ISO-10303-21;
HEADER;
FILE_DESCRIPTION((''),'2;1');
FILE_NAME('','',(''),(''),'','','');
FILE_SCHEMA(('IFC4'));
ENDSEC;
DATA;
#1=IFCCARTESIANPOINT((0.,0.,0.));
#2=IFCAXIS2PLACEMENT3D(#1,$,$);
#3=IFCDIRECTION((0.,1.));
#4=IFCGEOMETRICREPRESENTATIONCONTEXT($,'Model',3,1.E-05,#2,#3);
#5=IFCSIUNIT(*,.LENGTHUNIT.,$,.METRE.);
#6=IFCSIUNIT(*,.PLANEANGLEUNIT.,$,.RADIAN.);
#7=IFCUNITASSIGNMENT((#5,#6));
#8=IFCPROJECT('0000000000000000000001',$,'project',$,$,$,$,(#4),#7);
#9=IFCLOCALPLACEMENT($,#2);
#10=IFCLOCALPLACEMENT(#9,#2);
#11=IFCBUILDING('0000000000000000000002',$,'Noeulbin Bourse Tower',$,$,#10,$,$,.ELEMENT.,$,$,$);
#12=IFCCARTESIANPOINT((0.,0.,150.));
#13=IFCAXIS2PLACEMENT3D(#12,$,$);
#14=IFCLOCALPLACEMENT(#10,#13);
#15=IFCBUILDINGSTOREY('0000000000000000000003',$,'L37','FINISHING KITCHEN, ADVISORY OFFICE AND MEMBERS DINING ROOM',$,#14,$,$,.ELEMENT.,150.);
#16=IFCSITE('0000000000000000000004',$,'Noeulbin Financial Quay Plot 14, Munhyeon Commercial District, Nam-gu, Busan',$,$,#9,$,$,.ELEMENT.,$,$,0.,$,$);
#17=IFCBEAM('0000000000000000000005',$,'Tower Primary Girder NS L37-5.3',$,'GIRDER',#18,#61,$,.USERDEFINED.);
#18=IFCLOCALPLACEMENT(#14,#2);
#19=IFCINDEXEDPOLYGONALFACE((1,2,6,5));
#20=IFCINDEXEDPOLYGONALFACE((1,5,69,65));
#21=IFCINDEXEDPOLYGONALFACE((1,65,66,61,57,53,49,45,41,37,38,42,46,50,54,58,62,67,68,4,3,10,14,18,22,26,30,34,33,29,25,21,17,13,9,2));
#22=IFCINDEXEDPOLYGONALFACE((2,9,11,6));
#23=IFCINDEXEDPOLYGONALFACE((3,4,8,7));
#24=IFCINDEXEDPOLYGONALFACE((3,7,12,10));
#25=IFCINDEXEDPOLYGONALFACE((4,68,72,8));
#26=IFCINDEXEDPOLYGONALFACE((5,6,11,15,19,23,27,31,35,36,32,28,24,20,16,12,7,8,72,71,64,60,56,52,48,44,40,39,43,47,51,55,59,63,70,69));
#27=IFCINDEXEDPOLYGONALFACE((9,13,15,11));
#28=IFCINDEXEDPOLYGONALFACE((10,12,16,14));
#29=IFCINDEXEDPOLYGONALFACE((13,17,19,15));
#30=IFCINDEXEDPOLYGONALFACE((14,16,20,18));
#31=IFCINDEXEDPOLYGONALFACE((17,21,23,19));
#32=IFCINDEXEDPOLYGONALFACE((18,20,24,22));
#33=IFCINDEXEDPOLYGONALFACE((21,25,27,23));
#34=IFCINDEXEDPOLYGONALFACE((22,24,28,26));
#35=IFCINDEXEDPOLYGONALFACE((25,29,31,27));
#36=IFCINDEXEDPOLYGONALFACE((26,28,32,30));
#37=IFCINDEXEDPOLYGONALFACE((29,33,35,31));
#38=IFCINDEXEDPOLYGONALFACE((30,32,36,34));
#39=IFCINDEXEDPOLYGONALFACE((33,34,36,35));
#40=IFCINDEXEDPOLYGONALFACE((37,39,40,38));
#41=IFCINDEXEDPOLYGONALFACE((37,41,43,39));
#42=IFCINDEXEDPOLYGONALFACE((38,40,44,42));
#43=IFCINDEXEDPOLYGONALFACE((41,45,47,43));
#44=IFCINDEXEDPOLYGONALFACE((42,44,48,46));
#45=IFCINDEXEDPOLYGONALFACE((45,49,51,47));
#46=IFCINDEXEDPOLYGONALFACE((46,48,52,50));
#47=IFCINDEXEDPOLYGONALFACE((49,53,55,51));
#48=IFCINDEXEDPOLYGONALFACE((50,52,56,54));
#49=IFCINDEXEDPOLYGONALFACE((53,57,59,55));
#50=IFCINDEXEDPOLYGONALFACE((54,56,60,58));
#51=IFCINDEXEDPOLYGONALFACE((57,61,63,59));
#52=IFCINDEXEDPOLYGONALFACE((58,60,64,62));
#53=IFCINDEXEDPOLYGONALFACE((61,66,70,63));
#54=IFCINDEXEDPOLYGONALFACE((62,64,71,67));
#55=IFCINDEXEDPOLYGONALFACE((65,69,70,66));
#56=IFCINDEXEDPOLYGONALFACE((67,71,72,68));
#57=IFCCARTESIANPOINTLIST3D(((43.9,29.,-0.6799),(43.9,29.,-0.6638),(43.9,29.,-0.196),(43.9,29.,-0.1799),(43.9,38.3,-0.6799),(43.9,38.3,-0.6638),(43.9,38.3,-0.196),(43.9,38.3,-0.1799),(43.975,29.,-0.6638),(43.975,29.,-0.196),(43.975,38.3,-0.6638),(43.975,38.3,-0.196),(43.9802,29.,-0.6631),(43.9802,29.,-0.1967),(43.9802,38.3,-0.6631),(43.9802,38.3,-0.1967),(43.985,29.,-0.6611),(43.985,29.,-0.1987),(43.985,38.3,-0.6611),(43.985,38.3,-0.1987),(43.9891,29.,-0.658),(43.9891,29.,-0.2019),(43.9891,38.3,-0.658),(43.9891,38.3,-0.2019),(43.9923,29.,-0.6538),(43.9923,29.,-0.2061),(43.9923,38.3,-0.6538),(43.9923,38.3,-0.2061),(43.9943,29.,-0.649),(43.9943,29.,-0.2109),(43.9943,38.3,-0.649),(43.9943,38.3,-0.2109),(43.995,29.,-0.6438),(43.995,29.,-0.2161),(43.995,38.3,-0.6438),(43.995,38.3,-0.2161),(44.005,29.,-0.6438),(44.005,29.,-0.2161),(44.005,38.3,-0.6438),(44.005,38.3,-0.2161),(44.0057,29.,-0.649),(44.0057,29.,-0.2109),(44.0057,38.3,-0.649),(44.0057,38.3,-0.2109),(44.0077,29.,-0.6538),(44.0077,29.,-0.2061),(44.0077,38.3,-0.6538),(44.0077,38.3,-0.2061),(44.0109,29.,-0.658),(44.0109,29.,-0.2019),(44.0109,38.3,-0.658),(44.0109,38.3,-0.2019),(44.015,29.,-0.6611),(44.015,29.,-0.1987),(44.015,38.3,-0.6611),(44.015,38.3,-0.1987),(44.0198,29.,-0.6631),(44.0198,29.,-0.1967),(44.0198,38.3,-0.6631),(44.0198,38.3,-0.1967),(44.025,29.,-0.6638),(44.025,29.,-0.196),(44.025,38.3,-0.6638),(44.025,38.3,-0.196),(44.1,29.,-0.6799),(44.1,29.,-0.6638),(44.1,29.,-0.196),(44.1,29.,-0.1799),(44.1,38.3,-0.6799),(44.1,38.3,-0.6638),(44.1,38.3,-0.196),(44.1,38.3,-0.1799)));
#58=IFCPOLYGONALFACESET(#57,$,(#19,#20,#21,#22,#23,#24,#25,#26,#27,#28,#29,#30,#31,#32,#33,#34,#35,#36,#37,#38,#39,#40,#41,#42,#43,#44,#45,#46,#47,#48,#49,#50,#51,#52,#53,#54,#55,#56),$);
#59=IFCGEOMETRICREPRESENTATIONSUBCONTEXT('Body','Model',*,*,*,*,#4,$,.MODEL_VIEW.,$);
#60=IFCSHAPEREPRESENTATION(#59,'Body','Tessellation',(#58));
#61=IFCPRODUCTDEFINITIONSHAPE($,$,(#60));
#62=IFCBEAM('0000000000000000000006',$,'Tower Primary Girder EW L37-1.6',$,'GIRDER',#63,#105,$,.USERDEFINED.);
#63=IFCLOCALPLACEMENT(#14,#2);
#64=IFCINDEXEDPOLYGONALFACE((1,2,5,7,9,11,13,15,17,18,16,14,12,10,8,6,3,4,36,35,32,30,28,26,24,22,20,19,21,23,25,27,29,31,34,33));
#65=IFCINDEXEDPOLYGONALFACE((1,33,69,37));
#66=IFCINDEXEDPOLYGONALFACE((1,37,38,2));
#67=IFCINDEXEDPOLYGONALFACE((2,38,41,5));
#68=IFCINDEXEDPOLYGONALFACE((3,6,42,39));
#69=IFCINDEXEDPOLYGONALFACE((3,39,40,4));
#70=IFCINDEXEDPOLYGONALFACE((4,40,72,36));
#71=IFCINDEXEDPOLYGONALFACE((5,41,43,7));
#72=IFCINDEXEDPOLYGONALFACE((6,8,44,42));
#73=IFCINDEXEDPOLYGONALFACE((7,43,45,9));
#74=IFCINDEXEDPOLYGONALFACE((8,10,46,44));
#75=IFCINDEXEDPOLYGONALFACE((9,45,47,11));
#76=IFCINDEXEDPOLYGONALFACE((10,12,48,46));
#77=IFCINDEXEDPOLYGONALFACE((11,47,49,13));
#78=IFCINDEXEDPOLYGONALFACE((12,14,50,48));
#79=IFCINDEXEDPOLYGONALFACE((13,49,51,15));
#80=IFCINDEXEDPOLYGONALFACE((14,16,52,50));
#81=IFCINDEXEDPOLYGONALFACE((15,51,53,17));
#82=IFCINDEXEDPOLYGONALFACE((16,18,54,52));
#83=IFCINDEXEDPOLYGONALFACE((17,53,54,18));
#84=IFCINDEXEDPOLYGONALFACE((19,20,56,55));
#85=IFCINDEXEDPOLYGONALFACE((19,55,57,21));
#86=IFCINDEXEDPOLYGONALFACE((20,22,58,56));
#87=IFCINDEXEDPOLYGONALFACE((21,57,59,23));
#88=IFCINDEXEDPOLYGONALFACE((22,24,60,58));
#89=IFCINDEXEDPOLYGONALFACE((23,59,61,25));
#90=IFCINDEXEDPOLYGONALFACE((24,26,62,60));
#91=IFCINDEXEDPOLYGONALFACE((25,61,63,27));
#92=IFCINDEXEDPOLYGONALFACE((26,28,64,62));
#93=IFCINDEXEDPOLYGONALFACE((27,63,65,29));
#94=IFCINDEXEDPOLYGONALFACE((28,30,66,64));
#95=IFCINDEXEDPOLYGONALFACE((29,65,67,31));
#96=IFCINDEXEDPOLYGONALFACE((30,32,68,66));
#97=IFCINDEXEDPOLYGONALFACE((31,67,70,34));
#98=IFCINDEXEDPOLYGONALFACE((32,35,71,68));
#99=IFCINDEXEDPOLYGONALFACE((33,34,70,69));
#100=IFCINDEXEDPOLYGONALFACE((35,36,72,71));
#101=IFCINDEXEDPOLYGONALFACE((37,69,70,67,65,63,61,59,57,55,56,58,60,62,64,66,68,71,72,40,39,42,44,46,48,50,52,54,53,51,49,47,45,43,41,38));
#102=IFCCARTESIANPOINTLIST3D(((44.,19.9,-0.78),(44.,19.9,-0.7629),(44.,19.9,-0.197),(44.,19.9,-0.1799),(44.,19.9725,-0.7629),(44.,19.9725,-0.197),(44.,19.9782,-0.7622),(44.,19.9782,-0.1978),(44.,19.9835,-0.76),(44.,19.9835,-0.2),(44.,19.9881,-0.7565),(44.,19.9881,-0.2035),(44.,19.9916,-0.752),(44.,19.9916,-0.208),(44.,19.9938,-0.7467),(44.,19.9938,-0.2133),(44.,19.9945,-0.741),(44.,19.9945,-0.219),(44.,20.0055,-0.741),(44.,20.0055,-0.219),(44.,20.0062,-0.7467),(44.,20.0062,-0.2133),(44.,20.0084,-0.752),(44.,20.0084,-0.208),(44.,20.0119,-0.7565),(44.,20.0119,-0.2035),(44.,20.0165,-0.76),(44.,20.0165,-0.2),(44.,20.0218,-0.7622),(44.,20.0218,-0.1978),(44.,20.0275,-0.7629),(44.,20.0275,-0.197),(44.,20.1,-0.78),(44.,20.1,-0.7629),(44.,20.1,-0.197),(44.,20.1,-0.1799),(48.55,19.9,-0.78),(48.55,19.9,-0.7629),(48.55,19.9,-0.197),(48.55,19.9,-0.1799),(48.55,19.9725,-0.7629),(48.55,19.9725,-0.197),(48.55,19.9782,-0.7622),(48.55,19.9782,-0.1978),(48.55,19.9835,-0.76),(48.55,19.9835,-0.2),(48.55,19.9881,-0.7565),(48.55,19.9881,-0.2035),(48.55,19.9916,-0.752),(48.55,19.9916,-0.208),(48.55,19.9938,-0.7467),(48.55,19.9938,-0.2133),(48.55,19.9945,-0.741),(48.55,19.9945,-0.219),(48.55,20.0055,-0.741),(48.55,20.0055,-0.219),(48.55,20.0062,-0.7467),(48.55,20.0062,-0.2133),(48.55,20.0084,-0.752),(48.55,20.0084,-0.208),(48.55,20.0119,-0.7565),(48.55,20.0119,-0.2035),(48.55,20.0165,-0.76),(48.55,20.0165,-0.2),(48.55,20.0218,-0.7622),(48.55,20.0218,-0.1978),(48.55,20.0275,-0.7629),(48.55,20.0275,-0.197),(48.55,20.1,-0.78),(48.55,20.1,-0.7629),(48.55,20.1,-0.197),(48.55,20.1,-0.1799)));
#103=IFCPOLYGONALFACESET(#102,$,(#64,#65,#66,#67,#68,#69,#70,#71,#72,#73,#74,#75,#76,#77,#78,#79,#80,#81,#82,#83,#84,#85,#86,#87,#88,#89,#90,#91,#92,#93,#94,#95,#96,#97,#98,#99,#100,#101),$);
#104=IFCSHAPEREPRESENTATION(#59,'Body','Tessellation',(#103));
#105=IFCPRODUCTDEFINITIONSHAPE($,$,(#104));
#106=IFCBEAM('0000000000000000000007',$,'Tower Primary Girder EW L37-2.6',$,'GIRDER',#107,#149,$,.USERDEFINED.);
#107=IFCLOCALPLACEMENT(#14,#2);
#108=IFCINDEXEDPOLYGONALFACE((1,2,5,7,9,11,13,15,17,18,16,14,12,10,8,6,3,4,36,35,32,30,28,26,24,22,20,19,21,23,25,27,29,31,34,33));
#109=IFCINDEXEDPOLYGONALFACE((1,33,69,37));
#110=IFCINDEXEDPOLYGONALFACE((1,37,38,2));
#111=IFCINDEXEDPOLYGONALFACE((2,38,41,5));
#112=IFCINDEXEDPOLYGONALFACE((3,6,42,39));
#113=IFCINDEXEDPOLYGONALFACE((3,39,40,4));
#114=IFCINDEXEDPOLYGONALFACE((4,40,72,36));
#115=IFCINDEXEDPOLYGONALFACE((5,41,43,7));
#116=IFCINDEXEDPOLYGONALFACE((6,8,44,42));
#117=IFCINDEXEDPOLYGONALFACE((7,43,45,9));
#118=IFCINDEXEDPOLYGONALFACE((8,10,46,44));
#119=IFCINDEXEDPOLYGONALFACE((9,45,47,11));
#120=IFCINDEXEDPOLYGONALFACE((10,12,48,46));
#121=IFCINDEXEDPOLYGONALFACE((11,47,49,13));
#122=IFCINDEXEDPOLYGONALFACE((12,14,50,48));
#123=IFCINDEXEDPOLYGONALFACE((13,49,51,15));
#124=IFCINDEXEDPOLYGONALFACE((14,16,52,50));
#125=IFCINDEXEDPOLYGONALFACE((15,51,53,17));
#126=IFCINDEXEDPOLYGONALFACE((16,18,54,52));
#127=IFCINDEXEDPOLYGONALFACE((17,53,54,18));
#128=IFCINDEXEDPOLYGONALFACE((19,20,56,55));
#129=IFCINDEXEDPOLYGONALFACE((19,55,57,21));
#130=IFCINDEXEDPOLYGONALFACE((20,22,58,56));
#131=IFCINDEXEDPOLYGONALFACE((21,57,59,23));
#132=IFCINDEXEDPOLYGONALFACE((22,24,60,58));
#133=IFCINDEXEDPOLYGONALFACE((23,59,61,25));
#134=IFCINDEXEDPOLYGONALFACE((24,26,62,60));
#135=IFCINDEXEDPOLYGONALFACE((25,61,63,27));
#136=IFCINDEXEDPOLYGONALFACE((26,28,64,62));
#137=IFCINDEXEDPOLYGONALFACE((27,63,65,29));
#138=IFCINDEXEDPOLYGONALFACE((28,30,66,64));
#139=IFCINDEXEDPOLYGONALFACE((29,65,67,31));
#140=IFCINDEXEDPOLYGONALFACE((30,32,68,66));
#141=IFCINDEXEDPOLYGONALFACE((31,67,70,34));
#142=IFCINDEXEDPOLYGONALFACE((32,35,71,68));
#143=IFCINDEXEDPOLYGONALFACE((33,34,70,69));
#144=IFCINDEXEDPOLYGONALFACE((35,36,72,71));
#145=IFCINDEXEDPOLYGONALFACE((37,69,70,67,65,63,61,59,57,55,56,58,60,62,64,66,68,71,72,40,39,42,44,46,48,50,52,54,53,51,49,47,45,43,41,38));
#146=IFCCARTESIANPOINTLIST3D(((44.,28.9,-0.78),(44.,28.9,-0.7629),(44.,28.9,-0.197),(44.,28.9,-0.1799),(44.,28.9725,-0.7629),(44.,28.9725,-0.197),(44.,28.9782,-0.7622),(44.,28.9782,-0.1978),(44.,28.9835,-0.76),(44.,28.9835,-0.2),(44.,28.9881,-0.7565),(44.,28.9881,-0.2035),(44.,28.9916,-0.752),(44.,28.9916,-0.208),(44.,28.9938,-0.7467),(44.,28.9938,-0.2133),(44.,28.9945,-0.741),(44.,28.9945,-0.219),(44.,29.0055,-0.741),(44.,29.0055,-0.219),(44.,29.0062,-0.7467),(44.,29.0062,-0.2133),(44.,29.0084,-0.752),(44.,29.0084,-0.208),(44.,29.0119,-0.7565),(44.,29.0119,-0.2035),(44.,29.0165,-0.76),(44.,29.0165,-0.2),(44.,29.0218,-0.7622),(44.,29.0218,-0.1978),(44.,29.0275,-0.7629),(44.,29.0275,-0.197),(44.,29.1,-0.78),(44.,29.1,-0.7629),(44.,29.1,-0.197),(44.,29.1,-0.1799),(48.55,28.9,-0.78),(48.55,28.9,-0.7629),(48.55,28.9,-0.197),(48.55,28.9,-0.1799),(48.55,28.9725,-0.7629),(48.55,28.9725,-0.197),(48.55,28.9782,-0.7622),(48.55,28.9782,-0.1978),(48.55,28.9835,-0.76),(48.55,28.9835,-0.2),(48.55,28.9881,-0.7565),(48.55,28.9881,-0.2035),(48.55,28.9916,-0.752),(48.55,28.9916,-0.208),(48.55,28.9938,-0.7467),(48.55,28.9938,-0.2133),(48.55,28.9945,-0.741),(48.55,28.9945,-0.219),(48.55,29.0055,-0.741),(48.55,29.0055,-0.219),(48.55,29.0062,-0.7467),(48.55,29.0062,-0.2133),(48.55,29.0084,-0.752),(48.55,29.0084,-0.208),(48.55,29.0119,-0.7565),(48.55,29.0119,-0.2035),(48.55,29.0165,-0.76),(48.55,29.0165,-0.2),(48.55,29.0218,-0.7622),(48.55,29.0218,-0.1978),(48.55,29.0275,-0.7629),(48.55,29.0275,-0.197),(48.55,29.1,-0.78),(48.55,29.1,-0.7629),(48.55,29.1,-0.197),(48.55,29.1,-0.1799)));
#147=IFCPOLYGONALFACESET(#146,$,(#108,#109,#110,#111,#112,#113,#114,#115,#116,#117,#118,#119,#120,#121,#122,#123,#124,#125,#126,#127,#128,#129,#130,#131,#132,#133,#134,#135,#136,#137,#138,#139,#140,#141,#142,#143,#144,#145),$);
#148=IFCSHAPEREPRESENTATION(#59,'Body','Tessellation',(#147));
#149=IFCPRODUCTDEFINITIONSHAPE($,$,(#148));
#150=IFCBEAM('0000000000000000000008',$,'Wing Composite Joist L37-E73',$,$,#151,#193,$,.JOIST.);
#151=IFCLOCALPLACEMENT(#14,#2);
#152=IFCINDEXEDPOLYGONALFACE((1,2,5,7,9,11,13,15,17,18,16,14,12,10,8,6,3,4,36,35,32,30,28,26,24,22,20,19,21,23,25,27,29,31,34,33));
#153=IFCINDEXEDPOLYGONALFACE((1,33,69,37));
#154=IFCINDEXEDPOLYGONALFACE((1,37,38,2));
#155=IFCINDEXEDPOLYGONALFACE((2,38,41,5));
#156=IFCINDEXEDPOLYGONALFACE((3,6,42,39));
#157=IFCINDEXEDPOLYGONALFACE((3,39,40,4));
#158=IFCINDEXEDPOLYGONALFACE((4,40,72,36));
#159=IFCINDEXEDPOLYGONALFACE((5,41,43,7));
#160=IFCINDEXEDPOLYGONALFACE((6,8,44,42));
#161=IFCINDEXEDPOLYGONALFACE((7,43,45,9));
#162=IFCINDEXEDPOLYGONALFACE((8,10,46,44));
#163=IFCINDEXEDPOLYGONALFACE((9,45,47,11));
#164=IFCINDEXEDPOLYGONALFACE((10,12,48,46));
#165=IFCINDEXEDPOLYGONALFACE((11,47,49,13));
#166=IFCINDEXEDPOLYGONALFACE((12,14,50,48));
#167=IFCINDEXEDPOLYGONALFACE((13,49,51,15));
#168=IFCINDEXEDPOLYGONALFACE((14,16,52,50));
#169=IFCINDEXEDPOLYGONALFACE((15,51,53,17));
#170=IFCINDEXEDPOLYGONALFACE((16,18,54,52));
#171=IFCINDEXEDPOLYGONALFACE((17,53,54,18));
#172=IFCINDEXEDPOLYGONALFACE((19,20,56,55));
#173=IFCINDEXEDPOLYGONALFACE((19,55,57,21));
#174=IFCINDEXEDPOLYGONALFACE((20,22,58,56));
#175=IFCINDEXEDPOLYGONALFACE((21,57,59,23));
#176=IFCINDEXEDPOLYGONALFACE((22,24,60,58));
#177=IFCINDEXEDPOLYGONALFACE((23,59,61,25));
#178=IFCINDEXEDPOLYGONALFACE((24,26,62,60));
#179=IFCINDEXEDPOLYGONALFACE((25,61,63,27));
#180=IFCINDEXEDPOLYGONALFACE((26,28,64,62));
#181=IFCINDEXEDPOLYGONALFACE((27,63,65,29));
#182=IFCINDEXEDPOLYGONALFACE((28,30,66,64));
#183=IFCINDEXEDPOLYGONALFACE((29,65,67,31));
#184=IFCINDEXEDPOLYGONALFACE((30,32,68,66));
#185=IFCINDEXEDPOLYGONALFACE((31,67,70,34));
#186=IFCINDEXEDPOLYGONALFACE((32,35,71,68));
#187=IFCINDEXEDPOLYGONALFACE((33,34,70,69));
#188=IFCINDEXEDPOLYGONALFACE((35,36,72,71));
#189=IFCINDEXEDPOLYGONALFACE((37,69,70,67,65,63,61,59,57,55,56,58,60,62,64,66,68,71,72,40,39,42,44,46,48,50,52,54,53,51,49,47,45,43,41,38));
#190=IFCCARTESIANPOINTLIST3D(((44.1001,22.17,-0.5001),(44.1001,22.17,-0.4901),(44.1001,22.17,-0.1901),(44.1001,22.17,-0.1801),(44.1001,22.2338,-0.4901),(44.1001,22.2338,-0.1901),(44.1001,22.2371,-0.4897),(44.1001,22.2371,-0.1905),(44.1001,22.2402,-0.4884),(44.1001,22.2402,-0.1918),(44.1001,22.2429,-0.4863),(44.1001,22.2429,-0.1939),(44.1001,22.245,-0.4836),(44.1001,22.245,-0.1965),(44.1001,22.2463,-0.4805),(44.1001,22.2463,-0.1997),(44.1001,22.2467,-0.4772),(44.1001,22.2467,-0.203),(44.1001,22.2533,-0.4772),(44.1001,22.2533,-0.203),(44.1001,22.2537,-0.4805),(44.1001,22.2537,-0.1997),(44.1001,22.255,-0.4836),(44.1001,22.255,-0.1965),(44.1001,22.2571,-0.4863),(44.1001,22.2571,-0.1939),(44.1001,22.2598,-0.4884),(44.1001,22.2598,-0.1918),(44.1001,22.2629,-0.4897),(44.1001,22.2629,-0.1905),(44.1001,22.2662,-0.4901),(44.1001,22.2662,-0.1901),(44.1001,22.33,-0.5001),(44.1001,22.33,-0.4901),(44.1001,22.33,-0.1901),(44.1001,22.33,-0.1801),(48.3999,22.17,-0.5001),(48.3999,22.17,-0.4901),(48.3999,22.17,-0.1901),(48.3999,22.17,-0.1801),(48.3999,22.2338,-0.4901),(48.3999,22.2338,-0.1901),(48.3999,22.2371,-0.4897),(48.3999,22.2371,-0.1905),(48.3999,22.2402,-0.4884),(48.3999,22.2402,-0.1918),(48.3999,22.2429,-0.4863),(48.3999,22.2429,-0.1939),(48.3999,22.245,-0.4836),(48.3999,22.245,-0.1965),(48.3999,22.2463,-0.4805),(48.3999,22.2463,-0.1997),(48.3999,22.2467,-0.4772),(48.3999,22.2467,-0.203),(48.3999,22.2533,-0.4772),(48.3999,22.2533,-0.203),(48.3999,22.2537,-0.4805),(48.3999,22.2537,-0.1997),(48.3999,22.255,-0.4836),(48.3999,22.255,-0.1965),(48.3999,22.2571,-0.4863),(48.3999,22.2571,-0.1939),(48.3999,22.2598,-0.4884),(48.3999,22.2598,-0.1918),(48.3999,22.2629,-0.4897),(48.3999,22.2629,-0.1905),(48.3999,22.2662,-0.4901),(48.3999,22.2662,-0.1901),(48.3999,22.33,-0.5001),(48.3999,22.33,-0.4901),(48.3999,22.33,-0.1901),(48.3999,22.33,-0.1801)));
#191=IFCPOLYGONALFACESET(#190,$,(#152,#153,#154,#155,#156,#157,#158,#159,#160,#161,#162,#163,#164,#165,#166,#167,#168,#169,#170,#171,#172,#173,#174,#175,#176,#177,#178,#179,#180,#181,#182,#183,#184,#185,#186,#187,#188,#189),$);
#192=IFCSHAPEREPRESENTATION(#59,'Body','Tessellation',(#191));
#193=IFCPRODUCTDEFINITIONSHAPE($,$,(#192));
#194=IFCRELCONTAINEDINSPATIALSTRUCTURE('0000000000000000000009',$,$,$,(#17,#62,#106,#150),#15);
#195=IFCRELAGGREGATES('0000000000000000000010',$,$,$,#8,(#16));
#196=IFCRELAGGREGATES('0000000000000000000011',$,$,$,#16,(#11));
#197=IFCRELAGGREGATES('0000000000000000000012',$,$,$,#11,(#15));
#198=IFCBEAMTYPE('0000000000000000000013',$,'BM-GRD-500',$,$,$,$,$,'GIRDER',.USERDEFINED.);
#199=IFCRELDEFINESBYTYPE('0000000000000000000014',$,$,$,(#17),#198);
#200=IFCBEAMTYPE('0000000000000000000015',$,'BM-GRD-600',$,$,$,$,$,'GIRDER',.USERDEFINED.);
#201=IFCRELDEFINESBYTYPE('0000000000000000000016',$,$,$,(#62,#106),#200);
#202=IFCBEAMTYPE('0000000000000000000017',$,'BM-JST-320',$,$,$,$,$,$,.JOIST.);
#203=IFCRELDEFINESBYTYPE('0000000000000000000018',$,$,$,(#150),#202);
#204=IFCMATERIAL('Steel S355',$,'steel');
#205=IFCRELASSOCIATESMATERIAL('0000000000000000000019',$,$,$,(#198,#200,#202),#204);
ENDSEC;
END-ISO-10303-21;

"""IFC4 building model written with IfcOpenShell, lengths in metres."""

from ifc_helpers import new_model, si_unit, direction, frame, origin, origin_2d, place, context, subcontext, project, spatial, i_section, extrude, material, material_profile, profile_set, type_object, element, save


model = new_model("IFC4")

# Units and contexts
model_context = context("Model", 3, precision=1e-05, world=origin(), true_north=direction((0.0, 1.0)))
body_context = subcontext(model_context, "Body", "Model", "MODEL_VIEW")
ifc_project = project(units=[si_unit("LENGTHUNIT", "METRE"), si_unit("PLANEANGLEUNIT", "RADIAN")], contexts=[model_context])

# Site, building, storey
site_placement = place(None, origin())
site = spatial("IfcSite", under=ifc_project, at=site_placement, Name="Noeulbin Financial Quay Plot 14, Munhyeon Commercial District, Nam-gu, Busan", CompositionType="ELEMENT", RefElevation=0.0)
building_placement = place(site_placement, origin())
building = spatial("IfcBuilding", under=site, at=building_placement, Name="Noeulbin Bourse Tower", CompositionType="ELEMENT")
storey_placement = place(building_placement, frame((0.0, 0.0, 150.0)))
storey = spatial("IfcBuildingStorey", under=building, at=storey_placement, Name="L37", Description="FINISHING KITCHEN, ADVISORY OFFICE AND MEMBERS DINING ROOM", CompositionType="ELEMENT", Elevation=150.0)

# Shared definitions
ifc_material_1 = material(Name="Steel S355", Category="steel")

# Beams
ifc_material_profile_1 = material_profile(ifc_material_1, i_section(OverallWidth=0.2, OverallDepth=0.5, WebThickness=0.01, FlangeThickness=0.0161, FilletRadius=0.02, at=origin_2d()), Name="H-500x200x10x16", Category="LoadBearing")
ifc_profile_set_1 = profile_set([ifc_material_profile_1], Name="Steel S355")
beam_type_1 = type_object("IfcBeamType", Name="BM-GRD-500", ElementType="GIRDER", PredefinedType="USERDEFINED", material=ifc_profile_set_1)
beam_1_placement = place(storey_placement, frame((44.0, 29.0, -0.4299), z_axis=(0.0, 1.0, 0.0), x_axis=(-1.0, 0.0, 0.0)))
element("IfcBeam", 1, at=beam_1_placement, inside=storey, type_object=beam_type_1, Name="Tower Primary Girder NS L37-5.3", ObjectType="GIRDER", PredefinedType="USERDEFINED", context=body_context, shape_type="SweptSolid", body=[
    extrude(i_section(OverallWidth=0.2, OverallDepth=0.5, WebThickness=0.01, FlangeThickness=0.0161, FilletRadius=0.02, at=origin_2d()), origin(), (0.0, 0.0, 1.0), 9.3),
])
ifc_material_profile_2 = material_profile(ifc_material_1, i_section(OverallWidth=0.2, OverallDepth=0.6001, WebThickness=0.011, FlangeThickness=0.0171, FilletRadius=0.022, at=origin_2d()), Name="H-600x200x11x17", Category="LoadBearing")
ifc_profile_set_2 = profile_set([ifc_material_profile_2], Name="Steel S355")
beam_type_2 = type_object("IfcBeamType", Name="BM-GRD-600", ElementType="GIRDER", PredefinedType="USERDEFINED", material=ifc_profile_set_2)
for number, where, z_axis, x_axis, name in (
    (2, (44.0, 20.0, -0.48), (1.0, 0.0, 0.0), (0.0, 1.0, 0.0), "Tower Primary Girder EW L37-1.6"),
    (3, (44.0, 29.0, -0.48), (1.0, 0.0, 0.0), (0.0, 1.0, 0.0), "Tower Primary Girder EW L37-2.6"),
):
    element("IfcBeam", number, at=place(storey_placement, frame(where, z_axis=z_axis, x_axis=x_axis)), inside=storey, type_object=beam_type_2, Name=name, ObjectType="GIRDER", PredefinedType="USERDEFINED", context=body_context, shape_type="SweptSolid", body=[
        extrude(i_section(OverallWidth=0.2, OverallDepth=0.6001, WebThickness=0.011, FlangeThickness=0.0171, FilletRadius=0.022, at=origin_2d()), origin(), (0.0, 0.0, 1.0), 4.55),
    ])
ifc_material_profile_3 = material_profile(ifc_material_1, i_section(OverallWidth=0.1599, OverallDepth=0.3201, WebThickness=0.0066, FlangeThickness=0.01, FilletRadius=0.0129, at=origin_2d()), Name="H-320x160x6.5x10", Category="LoadBearing")
ifc_profile_set_3 = profile_set([ifc_material_profile_3], Name="Steel S355")
beam_type_3 = type_object("IfcBeamType", Name="BM-JST-320", PredefinedType="JOIST", material=ifc_profile_set_3)
for number, where, z_axis, x_axis, name in (
    (4, (44.1001, 22.25, -0.3401), (1.0, 0.0, 0.0), (0.0, 1.0, 0.0), "Wing Composite Joist L37-E73"),
):
    element("IfcBeam", number, at=place(storey_placement, frame(where, z_axis=z_axis, x_axis=x_axis)), inside=storey, type_object=beam_type_3, Name=name, PredefinedType="JOIST", context=body_context, shape_type="SweptSolid", body=[
        extrude(i_section(OverallWidth=0.1599, OverallDepth=0.3201, WebThickness=0.0066, FlangeThickness=0.01, FilletRadius=0.0129, at=origin_2d()), origin(), (0.0, 0.0, 1.0), 4.2998),
    ])

save(model, "model.ifc")
